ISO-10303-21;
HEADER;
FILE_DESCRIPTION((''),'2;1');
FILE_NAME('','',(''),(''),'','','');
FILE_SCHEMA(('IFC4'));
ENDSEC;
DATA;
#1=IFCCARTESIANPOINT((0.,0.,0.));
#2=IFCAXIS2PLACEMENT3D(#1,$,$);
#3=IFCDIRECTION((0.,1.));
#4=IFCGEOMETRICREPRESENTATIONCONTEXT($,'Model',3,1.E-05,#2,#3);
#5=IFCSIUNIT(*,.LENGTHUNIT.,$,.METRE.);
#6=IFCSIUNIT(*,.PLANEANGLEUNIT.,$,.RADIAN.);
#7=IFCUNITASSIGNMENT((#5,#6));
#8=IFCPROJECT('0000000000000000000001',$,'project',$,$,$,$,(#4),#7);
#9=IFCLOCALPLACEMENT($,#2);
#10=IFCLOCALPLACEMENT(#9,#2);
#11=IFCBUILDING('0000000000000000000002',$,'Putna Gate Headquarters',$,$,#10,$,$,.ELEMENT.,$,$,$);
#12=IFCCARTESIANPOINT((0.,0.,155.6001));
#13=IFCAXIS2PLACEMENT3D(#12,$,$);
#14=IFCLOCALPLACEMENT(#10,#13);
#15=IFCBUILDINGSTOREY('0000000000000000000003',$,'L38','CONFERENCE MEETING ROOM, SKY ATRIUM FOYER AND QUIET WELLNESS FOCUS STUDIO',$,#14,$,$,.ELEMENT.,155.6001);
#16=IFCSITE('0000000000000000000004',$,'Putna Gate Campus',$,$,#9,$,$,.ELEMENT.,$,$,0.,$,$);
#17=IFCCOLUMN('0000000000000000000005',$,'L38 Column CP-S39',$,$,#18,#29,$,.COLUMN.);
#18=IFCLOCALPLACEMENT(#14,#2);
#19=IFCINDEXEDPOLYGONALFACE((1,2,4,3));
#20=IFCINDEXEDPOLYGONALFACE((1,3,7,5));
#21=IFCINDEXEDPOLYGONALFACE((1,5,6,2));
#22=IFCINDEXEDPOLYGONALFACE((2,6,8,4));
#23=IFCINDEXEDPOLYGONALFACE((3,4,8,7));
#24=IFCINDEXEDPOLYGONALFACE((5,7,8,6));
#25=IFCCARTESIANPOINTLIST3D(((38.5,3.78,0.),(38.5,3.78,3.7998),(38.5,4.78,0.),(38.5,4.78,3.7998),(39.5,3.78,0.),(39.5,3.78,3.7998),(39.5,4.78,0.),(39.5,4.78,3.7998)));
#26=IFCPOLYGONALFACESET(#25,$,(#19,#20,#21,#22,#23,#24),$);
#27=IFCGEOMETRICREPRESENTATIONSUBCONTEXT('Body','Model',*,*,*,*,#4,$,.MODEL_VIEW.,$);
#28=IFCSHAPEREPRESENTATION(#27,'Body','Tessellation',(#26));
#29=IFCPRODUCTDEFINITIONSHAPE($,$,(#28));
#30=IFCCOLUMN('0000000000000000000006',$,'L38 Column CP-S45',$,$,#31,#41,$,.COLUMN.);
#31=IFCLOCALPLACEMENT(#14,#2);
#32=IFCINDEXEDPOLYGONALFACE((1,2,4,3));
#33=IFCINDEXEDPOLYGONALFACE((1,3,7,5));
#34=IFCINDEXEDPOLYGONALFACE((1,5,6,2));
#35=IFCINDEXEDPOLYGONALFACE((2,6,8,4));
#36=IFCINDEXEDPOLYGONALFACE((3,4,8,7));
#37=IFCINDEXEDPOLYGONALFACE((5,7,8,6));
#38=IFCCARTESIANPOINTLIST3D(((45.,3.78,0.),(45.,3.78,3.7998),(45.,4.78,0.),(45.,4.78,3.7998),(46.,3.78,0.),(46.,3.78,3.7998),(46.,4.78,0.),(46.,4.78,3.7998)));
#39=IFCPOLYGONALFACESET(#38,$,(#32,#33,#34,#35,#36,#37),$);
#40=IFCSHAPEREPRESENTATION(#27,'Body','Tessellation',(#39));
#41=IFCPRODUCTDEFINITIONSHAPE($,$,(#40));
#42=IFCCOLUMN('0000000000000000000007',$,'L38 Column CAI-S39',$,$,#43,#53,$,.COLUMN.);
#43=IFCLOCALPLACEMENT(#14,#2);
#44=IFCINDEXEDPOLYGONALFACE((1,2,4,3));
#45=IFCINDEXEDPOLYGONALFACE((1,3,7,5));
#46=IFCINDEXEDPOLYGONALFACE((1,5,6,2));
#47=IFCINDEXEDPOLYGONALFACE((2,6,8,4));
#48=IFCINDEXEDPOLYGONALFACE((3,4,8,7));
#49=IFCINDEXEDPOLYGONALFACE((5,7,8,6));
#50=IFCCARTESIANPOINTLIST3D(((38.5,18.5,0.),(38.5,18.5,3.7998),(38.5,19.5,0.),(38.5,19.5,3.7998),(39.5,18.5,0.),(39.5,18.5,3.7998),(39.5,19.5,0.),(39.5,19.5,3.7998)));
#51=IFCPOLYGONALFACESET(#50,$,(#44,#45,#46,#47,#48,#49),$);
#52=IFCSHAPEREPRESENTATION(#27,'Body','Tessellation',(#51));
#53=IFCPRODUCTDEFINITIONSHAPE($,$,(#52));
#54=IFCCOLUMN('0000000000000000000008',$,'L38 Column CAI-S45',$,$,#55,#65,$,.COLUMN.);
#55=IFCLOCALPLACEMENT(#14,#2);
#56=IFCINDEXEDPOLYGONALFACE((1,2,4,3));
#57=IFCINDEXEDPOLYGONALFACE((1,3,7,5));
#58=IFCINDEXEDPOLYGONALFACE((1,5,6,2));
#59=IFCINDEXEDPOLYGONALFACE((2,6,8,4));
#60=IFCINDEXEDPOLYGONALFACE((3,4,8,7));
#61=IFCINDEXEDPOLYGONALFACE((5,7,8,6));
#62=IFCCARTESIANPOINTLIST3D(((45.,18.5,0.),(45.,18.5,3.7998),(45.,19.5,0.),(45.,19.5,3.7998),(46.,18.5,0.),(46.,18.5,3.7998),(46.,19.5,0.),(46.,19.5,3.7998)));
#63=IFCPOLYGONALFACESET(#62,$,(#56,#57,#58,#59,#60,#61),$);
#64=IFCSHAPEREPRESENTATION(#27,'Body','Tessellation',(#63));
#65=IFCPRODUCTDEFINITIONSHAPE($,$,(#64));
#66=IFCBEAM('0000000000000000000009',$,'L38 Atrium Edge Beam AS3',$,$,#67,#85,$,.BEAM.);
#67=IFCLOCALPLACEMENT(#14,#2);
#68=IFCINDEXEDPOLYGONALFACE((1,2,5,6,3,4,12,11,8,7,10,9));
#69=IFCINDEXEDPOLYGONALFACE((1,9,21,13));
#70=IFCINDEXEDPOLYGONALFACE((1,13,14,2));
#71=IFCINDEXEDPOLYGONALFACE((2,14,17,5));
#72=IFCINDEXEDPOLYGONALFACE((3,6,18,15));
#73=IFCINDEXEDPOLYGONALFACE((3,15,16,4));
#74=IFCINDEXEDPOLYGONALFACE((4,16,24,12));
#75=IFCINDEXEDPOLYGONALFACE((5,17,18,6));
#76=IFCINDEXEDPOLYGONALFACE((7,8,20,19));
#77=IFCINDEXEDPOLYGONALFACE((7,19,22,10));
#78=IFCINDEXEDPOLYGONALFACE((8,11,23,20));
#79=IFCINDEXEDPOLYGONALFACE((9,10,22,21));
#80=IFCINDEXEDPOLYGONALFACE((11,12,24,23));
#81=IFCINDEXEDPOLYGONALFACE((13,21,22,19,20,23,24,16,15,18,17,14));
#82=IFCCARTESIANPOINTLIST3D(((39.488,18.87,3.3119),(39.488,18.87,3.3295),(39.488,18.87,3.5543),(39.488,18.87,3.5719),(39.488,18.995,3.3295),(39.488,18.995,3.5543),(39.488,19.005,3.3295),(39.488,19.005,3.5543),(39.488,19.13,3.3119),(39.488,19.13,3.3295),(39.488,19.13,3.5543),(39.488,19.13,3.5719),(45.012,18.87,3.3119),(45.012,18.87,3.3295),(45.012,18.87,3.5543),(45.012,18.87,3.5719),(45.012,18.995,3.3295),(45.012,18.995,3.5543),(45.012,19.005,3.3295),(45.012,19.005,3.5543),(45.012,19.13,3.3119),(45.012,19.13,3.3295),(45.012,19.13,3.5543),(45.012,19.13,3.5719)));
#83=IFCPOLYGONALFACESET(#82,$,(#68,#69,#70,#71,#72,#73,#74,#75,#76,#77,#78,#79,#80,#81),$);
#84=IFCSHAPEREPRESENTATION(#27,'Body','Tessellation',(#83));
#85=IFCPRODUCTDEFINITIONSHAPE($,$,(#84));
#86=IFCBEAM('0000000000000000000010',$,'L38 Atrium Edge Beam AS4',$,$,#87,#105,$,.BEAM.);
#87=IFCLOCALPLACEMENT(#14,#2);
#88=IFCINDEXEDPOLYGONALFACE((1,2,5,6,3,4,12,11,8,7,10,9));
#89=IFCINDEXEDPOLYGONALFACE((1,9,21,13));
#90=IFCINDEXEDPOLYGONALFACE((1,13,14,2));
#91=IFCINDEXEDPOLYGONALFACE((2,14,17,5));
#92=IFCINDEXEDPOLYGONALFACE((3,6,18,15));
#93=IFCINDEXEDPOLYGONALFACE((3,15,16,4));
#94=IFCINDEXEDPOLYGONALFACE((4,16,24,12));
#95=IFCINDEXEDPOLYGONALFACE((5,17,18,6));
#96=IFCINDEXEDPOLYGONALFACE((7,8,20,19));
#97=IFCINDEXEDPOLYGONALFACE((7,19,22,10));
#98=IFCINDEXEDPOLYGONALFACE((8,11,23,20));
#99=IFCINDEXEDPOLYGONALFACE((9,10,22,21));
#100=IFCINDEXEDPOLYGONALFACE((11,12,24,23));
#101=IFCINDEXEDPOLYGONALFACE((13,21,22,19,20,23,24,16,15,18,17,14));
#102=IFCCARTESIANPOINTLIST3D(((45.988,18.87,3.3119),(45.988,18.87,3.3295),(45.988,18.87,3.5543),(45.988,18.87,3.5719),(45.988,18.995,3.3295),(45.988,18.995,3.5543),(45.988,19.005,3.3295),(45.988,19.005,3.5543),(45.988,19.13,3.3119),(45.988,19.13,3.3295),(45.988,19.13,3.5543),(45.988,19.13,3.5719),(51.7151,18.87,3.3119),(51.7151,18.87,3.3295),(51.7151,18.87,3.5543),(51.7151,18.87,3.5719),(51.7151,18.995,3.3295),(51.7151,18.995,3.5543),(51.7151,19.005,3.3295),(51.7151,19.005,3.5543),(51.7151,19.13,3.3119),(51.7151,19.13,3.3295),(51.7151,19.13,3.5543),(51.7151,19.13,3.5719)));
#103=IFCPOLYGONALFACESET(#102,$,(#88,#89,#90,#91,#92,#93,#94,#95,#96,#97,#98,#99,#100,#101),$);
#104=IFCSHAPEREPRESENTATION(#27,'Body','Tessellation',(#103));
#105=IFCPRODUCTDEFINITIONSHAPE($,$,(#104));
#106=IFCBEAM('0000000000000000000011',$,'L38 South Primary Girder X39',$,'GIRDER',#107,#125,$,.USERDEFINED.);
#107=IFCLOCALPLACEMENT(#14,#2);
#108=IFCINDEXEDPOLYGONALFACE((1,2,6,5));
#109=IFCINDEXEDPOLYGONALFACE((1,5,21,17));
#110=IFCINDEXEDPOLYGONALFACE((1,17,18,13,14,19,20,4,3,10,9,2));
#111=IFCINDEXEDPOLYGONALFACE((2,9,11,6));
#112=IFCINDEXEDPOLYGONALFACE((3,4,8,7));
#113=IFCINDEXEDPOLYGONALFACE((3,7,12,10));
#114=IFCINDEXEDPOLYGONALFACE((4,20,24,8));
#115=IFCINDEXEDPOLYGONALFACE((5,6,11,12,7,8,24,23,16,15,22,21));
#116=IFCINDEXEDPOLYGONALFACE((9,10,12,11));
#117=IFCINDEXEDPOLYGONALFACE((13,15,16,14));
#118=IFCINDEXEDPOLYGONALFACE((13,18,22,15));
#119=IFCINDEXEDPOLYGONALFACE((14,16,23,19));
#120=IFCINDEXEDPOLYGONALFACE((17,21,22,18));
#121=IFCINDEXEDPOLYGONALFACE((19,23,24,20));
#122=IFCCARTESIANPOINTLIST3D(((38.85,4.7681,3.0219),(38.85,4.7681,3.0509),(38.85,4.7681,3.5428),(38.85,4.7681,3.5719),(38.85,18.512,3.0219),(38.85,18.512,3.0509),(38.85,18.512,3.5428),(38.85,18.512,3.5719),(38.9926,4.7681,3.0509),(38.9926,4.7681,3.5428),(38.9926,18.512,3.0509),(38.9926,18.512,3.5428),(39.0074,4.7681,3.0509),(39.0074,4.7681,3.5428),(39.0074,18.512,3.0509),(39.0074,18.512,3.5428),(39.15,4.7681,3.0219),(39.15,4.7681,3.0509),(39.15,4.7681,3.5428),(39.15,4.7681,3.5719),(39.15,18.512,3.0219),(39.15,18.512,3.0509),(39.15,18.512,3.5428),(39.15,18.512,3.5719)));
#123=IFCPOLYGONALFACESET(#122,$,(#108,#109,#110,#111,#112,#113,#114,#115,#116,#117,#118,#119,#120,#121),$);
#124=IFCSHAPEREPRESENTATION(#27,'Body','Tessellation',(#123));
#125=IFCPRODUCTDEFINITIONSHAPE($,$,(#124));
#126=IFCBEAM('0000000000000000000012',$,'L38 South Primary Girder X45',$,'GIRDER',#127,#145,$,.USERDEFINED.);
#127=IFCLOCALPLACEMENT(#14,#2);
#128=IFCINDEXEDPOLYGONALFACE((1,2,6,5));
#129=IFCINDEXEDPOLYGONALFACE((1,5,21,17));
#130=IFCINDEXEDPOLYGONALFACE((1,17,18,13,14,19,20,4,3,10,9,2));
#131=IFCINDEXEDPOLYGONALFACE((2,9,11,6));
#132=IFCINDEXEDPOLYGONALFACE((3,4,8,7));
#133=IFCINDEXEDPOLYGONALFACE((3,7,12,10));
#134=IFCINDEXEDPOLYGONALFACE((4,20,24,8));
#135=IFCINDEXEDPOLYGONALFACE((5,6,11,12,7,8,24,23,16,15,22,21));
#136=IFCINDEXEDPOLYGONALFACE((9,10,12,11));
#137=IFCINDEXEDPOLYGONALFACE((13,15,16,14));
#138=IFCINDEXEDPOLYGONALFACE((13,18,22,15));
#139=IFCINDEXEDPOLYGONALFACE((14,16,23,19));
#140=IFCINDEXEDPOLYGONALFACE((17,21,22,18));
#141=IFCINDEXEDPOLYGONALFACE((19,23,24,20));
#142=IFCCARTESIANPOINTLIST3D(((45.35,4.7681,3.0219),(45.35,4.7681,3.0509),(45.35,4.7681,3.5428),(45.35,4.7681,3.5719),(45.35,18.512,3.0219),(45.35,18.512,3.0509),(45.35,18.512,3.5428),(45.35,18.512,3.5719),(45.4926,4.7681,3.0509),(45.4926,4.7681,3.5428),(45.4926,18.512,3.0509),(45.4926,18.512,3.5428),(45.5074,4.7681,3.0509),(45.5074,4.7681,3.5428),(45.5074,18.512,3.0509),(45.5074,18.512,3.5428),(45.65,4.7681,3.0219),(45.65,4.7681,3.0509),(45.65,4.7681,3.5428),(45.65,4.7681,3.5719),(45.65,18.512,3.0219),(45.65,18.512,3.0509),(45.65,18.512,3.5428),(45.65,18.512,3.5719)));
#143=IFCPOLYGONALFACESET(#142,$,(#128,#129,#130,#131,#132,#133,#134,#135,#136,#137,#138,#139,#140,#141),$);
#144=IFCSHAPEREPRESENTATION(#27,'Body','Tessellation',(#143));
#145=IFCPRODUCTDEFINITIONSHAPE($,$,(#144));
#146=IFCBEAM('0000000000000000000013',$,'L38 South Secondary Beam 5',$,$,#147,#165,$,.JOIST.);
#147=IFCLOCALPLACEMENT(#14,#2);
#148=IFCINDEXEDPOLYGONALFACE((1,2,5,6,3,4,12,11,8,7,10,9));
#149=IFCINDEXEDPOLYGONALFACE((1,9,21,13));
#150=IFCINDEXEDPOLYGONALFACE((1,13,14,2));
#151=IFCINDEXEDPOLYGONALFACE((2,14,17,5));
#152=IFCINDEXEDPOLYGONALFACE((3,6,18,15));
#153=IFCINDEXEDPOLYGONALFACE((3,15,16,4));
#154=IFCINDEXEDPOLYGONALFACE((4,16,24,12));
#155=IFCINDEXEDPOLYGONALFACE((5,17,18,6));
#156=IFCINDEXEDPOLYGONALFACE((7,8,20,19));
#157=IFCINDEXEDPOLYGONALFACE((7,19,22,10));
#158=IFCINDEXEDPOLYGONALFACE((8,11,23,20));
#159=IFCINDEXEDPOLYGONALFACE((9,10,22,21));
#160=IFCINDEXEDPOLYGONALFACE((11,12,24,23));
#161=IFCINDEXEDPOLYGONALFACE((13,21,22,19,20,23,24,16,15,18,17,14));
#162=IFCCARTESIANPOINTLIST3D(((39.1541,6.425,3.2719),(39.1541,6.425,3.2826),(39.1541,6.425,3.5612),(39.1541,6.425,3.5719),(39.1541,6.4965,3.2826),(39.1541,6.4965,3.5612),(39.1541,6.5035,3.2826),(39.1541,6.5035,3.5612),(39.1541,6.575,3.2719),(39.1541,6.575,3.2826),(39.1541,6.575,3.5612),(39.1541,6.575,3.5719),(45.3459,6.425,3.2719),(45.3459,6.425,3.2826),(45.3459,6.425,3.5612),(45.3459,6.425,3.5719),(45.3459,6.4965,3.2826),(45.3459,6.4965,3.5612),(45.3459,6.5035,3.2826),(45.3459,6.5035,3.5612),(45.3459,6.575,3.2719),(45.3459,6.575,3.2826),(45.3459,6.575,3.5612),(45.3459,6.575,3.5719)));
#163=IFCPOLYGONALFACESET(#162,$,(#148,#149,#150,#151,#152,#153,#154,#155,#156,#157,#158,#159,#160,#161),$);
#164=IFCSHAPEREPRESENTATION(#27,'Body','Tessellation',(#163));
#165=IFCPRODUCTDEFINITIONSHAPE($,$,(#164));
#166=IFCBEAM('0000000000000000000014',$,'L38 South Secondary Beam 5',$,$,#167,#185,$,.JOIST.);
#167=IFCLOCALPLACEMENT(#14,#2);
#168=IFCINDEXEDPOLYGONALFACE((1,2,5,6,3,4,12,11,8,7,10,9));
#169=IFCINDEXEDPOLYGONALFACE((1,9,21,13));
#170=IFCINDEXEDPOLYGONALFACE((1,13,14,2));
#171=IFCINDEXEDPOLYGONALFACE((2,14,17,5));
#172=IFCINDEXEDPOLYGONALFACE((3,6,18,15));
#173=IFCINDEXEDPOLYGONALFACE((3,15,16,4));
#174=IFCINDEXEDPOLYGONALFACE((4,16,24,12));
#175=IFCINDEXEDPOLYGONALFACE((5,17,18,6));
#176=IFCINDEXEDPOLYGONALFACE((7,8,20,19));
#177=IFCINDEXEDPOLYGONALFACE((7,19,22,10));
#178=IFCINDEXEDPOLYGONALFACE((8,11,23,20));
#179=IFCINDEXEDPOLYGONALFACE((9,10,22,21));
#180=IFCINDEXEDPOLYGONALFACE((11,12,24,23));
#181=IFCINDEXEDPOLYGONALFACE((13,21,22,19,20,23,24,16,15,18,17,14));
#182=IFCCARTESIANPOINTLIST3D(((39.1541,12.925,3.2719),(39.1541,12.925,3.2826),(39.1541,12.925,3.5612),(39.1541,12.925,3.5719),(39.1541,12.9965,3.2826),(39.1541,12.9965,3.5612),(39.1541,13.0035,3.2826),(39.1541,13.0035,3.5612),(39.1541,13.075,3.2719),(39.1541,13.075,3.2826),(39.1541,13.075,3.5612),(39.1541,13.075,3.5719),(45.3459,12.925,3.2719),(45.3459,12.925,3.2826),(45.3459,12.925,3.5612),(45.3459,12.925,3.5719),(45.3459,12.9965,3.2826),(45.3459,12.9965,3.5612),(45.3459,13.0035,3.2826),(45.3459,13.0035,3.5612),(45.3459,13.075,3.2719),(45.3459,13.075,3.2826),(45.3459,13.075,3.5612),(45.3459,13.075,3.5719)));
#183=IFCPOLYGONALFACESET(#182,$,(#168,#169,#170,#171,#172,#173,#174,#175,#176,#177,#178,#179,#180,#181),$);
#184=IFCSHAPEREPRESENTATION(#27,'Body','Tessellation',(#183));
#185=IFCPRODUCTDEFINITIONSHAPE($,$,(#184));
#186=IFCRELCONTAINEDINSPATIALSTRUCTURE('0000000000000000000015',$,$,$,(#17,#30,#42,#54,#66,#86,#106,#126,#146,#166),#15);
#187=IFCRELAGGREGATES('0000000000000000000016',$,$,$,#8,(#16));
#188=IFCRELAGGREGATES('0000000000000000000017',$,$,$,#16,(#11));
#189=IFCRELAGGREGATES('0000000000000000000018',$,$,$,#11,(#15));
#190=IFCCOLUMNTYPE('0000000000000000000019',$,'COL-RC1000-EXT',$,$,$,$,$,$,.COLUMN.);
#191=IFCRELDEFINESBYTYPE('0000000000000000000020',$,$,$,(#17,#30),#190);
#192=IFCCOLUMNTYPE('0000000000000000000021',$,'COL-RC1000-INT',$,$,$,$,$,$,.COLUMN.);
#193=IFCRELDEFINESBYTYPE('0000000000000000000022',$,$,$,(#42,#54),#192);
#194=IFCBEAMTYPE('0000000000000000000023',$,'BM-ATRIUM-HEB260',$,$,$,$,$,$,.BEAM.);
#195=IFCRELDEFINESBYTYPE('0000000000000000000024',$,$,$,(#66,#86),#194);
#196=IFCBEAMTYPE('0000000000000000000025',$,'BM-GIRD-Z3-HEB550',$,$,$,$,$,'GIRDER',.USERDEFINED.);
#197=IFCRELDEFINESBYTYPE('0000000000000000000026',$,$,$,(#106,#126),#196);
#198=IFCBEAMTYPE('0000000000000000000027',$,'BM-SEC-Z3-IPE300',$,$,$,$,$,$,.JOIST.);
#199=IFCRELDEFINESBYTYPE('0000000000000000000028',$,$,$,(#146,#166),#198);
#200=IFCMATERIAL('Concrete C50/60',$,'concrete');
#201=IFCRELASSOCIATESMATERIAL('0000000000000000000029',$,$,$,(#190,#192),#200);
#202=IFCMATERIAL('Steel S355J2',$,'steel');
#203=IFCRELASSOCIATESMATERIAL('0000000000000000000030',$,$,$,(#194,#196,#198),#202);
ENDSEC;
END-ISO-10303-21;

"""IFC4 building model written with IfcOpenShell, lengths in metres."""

from ifc_helpers import new_model, si_unit, direction, frame, origin, origin_2d, place, context, subcontext, project, spatial, rectangle, i_section, extrude, material, material_profile, profile_set, type_object, element, save


model = new_model("IFC4")

# Units and contexts
model_context = context("Model", 3, precision=1e-05, world=origin(), true_north=direction((0.0, 1.0)))
body_context = subcontext(model_context, "Body", "Model", "MODEL_VIEW")
ifc_project = project(units=[si_unit("LENGTHUNIT", "METRE"), si_unit("PLANEANGLEUNIT", "RADIAN")], contexts=[model_context])

# Site, building, storey
site_placement = place(None, origin())
site = spatial("IfcSite", under=ifc_project, at=site_placement, Name="Putna Gate Campus", CompositionType="ELEMENT", RefElevation=0.0)
building_placement = place(site_placement, origin())
building = spatial("IfcBuilding", under=site, at=building_placement, Name="Putna Gate Headquarters", CompositionType="ELEMENT")
storey_placement = place(building_placement, frame((0.0, 0.0, 155.6001)))
storey = spatial("IfcBuildingStorey", under=building, at=storey_placement, Name="L38", Description="CONFERENCE MEETING ROOM, SKY ATRIUM FOYER AND QUIET WELLNESS FOCUS STUDIO", CompositionType="ELEMENT", Elevation=155.6001)

# Columns
ifc_material_1 = material(Name="Concrete C50/60", Category="concrete")
ifc_material_profile_1 = material_profile(ifc_material_1, rectangle(XDim=1.0, YDim=1.0, at=origin_2d()), Name="Concrete C50/60")
ifc_profile_set_1 = profile_set([ifc_material_profile_1], Name="Concrete C50/60")
column_type_1 = type_object("IfcColumnType", Name="COL-RC1000-EXT", PredefinedType="COLUMN", material=ifc_profile_set_1)
for number, where, z_axis, x_axis, name in (
    (1, (39.0, 4.28, 0.0), (0.0, 0.0, 1.0), (1.0, 0.0, 0.0), "L38 Column CP-S39"),
    (2, (45.5, 4.28, 0.0), (0.0, 0.0, 1.0), (1.0, 0.0, 0.0), "L38 Column CP-S45"),
):
    element("IfcColumn", number, at=place(storey_placement, frame(where, z_axis=z_axis, x_axis=x_axis)), inside=storey, type_object=column_type_1, Name=name, PredefinedType="COLUMN", context=body_context, shape_type="SweptSolid", body=[
        extrude(rectangle(XDim=1.0, YDim=1.0, at=origin_2d()), origin(), (0.0, 0.0, 1.0), 3.7998),
    ])
ifc_material_profile_2 = material_profile(ifc_material_1, rectangle(XDim=1.0, YDim=1.0, at=origin_2d()), Name="Concrete C50/60")
ifc_profile_set_2 = profile_set([ifc_material_profile_2], Name="Concrete C50/60")
column_type_2 = type_object("IfcColumnType", Name="COL-RC1000-INT", PredefinedType="COLUMN", material=ifc_profile_set_2)
for number, where, z_axis, x_axis, name in (
    (3, (39.0, 19.0, 0.0), (0.0, 0.0, 1.0), (1.0, 0.0, 0.0), "L38 Column CAI-S39"),
    (4, (45.5, 19.0, 0.0), (0.0, 0.0, 1.0), (1.0, 0.0, 0.0), "L38 Column CAI-S45"),
):
    element("IfcColumn", number, at=place(storey_placement, frame(where, z_axis=z_axis, x_axis=x_axis)), inside=storey, type_object=column_type_2, Name=name, PredefinedType="COLUMN", context=body_context, shape_type="SweptSolid", body=[
        extrude(rectangle(XDim=1.0, YDim=1.0, at=origin_2d()), origin(), (0.0, 0.0, 1.0), 3.7998),
    ])

# Beams
ifc_material_2 = material(Name="Steel S355J2", Category="steel")
ifc_material_profile_3 = material_profile(ifc_material_2, i_section(OverallWidth=0.26, OverallDepth=0.26, WebThickness=0.01, FlangeThickness=0.0176, at=origin_2d()), Name="Steel S355J2")
ifc_profile_set_3 = profile_set([ifc_material_profile_3], Name="Steel S355J2")
beam_type_1 = type_object("IfcBeamType", Name="BM-ATRIUM-HEB260", PredefinedType="BEAM", material=ifc_profile_set_3)
beam_1_placement = place(storey_placement, frame((39.488, 19.0, 3.4419), z_axis=(1.0, 0.0, 0.0), x_axis=(0.0, 1.0, 0.0)))
element("IfcBeam", 5, at=beam_1_placement, inside=storey, type_object=beam_type_1, Name="L38 Atrium Edge Beam AS3", PredefinedType="BEAM", context=body_context, shape_type="SweptSolid", body=[
    extrude(i_section(OverallWidth=0.26, OverallDepth=0.26, WebThickness=0.01, FlangeThickness=0.0176, at=origin_2d()), origin(), (0.0, 0.0, 1.0), 5.5239),
])
beam_2_placement = place(storey_placement, frame((45.988, 19.0, 3.4419), z_axis=(1.0, 0.0, 0.0), x_axis=(0.0, 1.0, 0.0)))
element("IfcBeam", 6, at=beam_2_placement, inside=storey, type_object=beam_type_1, Name="L38 Atrium Edge Beam AS4", PredefinedType="BEAM", context=body_context, shape_type="SweptSolid", body=[
    extrude(i_section(OverallWidth=0.26, OverallDepth=0.26, WebThickness=0.01, FlangeThickness=0.0176, at=origin_2d()), origin(), (0.0, 0.0, 1.0), 5.7271),
])
ifc_material_profile_4 = material_profile(ifc_material_2, i_section(OverallWidth=0.3, OverallDepth=0.55, WebThickness=0.0149, FlangeThickness=0.0291, at=origin_2d()), Name="Steel S355J2")
ifc_profile_set_4 = profile_set([ifc_material_profile_4], Name="Steel S355J2")
beam_type_2 = type_object("IfcBeamType", Name="BM-GIRD-Z3-HEB550", ElementType="GIRDER", PredefinedType="USERDEFINED", material=ifc_profile_set_4)
for number, where, z_axis, x_axis, name in (
    (7, (39.0, 4.7681, 3.2969), (0.0, 1.0, 0.0), (-1.0, 0.0, 0.0), "L38 South Primary Girder X39"),
    (8, (45.5, 4.7681, 3.2969), (0.0, 1.0, 0.0), (-1.0, 0.0, 0.0), "L38 South Primary Girder X45"),
):
    element("IfcBeam", number, at=place(storey_placement, frame(where, z_axis=z_axis, x_axis=x_axis)), inside=storey, type_object=beam_type_2, Name=name, ObjectType="GIRDER", PredefinedType="USERDEFINED", context=body_context, shape_type="SweptSolid", body=[
        extrude(i_section(OverallWidth=0.3, OverallDepth=0.55, WebThickness=0.0149, FlangeThickness=0.0291, at=origin_2d()), origin(), (0.0, 0.0, 1.0), 13.7439),
    ])
ifc_material_profile_5 = material_profile(ifc_material_2, i_section(OverallWidth=0.1499, OverallDepth=0.3, WebThickness=0.0071, FlangeThickness=0.0107, at=origin_2d()), Name="Steel S355J2")
ifc_profile_set_5 = profile_set([ifc_material_profile_5], Name="Steel S355J2")
beam_type_3 = type_object("IfcBeamType", Name="BM-SEC-Z3-IPE300", PredefinedType="JOIST", material=ifc_profile_set_5)
for number, where, z_axis, x_axis, name in (
    (9, (39.1541, 6.5, 3.4219), (1.0, 0.0, 0.0), (0.0, 1.0, 0.0), "L38 South Secondary Beam 5"),
    (10, (39.1541, 13.0, 3.4219), (1.0, 0.0, 0.0), (0.0, 1.0, 0.0), "L38 South Secondary Beam 5"),
):
    element("IfcBeam", number, at=place(storey_placement, frame(where, z_axis=z_axis, x_axis=x_axis)), inside=storey, type_object=beam_type_3, Name=name, PredefinedType="JOIST", context=body_context, shape_type="SweptSolid", body=[
        extrude(i_section(OverallWidth=0.1499, OverallDepth=0.3, WebThickness=0.0071, FlangeThickness=0.0107, at=origin_2d()), origin(), (0.0, 0.0, 1.0), 6.1919),
    ])

save(model, "model.ifc")
